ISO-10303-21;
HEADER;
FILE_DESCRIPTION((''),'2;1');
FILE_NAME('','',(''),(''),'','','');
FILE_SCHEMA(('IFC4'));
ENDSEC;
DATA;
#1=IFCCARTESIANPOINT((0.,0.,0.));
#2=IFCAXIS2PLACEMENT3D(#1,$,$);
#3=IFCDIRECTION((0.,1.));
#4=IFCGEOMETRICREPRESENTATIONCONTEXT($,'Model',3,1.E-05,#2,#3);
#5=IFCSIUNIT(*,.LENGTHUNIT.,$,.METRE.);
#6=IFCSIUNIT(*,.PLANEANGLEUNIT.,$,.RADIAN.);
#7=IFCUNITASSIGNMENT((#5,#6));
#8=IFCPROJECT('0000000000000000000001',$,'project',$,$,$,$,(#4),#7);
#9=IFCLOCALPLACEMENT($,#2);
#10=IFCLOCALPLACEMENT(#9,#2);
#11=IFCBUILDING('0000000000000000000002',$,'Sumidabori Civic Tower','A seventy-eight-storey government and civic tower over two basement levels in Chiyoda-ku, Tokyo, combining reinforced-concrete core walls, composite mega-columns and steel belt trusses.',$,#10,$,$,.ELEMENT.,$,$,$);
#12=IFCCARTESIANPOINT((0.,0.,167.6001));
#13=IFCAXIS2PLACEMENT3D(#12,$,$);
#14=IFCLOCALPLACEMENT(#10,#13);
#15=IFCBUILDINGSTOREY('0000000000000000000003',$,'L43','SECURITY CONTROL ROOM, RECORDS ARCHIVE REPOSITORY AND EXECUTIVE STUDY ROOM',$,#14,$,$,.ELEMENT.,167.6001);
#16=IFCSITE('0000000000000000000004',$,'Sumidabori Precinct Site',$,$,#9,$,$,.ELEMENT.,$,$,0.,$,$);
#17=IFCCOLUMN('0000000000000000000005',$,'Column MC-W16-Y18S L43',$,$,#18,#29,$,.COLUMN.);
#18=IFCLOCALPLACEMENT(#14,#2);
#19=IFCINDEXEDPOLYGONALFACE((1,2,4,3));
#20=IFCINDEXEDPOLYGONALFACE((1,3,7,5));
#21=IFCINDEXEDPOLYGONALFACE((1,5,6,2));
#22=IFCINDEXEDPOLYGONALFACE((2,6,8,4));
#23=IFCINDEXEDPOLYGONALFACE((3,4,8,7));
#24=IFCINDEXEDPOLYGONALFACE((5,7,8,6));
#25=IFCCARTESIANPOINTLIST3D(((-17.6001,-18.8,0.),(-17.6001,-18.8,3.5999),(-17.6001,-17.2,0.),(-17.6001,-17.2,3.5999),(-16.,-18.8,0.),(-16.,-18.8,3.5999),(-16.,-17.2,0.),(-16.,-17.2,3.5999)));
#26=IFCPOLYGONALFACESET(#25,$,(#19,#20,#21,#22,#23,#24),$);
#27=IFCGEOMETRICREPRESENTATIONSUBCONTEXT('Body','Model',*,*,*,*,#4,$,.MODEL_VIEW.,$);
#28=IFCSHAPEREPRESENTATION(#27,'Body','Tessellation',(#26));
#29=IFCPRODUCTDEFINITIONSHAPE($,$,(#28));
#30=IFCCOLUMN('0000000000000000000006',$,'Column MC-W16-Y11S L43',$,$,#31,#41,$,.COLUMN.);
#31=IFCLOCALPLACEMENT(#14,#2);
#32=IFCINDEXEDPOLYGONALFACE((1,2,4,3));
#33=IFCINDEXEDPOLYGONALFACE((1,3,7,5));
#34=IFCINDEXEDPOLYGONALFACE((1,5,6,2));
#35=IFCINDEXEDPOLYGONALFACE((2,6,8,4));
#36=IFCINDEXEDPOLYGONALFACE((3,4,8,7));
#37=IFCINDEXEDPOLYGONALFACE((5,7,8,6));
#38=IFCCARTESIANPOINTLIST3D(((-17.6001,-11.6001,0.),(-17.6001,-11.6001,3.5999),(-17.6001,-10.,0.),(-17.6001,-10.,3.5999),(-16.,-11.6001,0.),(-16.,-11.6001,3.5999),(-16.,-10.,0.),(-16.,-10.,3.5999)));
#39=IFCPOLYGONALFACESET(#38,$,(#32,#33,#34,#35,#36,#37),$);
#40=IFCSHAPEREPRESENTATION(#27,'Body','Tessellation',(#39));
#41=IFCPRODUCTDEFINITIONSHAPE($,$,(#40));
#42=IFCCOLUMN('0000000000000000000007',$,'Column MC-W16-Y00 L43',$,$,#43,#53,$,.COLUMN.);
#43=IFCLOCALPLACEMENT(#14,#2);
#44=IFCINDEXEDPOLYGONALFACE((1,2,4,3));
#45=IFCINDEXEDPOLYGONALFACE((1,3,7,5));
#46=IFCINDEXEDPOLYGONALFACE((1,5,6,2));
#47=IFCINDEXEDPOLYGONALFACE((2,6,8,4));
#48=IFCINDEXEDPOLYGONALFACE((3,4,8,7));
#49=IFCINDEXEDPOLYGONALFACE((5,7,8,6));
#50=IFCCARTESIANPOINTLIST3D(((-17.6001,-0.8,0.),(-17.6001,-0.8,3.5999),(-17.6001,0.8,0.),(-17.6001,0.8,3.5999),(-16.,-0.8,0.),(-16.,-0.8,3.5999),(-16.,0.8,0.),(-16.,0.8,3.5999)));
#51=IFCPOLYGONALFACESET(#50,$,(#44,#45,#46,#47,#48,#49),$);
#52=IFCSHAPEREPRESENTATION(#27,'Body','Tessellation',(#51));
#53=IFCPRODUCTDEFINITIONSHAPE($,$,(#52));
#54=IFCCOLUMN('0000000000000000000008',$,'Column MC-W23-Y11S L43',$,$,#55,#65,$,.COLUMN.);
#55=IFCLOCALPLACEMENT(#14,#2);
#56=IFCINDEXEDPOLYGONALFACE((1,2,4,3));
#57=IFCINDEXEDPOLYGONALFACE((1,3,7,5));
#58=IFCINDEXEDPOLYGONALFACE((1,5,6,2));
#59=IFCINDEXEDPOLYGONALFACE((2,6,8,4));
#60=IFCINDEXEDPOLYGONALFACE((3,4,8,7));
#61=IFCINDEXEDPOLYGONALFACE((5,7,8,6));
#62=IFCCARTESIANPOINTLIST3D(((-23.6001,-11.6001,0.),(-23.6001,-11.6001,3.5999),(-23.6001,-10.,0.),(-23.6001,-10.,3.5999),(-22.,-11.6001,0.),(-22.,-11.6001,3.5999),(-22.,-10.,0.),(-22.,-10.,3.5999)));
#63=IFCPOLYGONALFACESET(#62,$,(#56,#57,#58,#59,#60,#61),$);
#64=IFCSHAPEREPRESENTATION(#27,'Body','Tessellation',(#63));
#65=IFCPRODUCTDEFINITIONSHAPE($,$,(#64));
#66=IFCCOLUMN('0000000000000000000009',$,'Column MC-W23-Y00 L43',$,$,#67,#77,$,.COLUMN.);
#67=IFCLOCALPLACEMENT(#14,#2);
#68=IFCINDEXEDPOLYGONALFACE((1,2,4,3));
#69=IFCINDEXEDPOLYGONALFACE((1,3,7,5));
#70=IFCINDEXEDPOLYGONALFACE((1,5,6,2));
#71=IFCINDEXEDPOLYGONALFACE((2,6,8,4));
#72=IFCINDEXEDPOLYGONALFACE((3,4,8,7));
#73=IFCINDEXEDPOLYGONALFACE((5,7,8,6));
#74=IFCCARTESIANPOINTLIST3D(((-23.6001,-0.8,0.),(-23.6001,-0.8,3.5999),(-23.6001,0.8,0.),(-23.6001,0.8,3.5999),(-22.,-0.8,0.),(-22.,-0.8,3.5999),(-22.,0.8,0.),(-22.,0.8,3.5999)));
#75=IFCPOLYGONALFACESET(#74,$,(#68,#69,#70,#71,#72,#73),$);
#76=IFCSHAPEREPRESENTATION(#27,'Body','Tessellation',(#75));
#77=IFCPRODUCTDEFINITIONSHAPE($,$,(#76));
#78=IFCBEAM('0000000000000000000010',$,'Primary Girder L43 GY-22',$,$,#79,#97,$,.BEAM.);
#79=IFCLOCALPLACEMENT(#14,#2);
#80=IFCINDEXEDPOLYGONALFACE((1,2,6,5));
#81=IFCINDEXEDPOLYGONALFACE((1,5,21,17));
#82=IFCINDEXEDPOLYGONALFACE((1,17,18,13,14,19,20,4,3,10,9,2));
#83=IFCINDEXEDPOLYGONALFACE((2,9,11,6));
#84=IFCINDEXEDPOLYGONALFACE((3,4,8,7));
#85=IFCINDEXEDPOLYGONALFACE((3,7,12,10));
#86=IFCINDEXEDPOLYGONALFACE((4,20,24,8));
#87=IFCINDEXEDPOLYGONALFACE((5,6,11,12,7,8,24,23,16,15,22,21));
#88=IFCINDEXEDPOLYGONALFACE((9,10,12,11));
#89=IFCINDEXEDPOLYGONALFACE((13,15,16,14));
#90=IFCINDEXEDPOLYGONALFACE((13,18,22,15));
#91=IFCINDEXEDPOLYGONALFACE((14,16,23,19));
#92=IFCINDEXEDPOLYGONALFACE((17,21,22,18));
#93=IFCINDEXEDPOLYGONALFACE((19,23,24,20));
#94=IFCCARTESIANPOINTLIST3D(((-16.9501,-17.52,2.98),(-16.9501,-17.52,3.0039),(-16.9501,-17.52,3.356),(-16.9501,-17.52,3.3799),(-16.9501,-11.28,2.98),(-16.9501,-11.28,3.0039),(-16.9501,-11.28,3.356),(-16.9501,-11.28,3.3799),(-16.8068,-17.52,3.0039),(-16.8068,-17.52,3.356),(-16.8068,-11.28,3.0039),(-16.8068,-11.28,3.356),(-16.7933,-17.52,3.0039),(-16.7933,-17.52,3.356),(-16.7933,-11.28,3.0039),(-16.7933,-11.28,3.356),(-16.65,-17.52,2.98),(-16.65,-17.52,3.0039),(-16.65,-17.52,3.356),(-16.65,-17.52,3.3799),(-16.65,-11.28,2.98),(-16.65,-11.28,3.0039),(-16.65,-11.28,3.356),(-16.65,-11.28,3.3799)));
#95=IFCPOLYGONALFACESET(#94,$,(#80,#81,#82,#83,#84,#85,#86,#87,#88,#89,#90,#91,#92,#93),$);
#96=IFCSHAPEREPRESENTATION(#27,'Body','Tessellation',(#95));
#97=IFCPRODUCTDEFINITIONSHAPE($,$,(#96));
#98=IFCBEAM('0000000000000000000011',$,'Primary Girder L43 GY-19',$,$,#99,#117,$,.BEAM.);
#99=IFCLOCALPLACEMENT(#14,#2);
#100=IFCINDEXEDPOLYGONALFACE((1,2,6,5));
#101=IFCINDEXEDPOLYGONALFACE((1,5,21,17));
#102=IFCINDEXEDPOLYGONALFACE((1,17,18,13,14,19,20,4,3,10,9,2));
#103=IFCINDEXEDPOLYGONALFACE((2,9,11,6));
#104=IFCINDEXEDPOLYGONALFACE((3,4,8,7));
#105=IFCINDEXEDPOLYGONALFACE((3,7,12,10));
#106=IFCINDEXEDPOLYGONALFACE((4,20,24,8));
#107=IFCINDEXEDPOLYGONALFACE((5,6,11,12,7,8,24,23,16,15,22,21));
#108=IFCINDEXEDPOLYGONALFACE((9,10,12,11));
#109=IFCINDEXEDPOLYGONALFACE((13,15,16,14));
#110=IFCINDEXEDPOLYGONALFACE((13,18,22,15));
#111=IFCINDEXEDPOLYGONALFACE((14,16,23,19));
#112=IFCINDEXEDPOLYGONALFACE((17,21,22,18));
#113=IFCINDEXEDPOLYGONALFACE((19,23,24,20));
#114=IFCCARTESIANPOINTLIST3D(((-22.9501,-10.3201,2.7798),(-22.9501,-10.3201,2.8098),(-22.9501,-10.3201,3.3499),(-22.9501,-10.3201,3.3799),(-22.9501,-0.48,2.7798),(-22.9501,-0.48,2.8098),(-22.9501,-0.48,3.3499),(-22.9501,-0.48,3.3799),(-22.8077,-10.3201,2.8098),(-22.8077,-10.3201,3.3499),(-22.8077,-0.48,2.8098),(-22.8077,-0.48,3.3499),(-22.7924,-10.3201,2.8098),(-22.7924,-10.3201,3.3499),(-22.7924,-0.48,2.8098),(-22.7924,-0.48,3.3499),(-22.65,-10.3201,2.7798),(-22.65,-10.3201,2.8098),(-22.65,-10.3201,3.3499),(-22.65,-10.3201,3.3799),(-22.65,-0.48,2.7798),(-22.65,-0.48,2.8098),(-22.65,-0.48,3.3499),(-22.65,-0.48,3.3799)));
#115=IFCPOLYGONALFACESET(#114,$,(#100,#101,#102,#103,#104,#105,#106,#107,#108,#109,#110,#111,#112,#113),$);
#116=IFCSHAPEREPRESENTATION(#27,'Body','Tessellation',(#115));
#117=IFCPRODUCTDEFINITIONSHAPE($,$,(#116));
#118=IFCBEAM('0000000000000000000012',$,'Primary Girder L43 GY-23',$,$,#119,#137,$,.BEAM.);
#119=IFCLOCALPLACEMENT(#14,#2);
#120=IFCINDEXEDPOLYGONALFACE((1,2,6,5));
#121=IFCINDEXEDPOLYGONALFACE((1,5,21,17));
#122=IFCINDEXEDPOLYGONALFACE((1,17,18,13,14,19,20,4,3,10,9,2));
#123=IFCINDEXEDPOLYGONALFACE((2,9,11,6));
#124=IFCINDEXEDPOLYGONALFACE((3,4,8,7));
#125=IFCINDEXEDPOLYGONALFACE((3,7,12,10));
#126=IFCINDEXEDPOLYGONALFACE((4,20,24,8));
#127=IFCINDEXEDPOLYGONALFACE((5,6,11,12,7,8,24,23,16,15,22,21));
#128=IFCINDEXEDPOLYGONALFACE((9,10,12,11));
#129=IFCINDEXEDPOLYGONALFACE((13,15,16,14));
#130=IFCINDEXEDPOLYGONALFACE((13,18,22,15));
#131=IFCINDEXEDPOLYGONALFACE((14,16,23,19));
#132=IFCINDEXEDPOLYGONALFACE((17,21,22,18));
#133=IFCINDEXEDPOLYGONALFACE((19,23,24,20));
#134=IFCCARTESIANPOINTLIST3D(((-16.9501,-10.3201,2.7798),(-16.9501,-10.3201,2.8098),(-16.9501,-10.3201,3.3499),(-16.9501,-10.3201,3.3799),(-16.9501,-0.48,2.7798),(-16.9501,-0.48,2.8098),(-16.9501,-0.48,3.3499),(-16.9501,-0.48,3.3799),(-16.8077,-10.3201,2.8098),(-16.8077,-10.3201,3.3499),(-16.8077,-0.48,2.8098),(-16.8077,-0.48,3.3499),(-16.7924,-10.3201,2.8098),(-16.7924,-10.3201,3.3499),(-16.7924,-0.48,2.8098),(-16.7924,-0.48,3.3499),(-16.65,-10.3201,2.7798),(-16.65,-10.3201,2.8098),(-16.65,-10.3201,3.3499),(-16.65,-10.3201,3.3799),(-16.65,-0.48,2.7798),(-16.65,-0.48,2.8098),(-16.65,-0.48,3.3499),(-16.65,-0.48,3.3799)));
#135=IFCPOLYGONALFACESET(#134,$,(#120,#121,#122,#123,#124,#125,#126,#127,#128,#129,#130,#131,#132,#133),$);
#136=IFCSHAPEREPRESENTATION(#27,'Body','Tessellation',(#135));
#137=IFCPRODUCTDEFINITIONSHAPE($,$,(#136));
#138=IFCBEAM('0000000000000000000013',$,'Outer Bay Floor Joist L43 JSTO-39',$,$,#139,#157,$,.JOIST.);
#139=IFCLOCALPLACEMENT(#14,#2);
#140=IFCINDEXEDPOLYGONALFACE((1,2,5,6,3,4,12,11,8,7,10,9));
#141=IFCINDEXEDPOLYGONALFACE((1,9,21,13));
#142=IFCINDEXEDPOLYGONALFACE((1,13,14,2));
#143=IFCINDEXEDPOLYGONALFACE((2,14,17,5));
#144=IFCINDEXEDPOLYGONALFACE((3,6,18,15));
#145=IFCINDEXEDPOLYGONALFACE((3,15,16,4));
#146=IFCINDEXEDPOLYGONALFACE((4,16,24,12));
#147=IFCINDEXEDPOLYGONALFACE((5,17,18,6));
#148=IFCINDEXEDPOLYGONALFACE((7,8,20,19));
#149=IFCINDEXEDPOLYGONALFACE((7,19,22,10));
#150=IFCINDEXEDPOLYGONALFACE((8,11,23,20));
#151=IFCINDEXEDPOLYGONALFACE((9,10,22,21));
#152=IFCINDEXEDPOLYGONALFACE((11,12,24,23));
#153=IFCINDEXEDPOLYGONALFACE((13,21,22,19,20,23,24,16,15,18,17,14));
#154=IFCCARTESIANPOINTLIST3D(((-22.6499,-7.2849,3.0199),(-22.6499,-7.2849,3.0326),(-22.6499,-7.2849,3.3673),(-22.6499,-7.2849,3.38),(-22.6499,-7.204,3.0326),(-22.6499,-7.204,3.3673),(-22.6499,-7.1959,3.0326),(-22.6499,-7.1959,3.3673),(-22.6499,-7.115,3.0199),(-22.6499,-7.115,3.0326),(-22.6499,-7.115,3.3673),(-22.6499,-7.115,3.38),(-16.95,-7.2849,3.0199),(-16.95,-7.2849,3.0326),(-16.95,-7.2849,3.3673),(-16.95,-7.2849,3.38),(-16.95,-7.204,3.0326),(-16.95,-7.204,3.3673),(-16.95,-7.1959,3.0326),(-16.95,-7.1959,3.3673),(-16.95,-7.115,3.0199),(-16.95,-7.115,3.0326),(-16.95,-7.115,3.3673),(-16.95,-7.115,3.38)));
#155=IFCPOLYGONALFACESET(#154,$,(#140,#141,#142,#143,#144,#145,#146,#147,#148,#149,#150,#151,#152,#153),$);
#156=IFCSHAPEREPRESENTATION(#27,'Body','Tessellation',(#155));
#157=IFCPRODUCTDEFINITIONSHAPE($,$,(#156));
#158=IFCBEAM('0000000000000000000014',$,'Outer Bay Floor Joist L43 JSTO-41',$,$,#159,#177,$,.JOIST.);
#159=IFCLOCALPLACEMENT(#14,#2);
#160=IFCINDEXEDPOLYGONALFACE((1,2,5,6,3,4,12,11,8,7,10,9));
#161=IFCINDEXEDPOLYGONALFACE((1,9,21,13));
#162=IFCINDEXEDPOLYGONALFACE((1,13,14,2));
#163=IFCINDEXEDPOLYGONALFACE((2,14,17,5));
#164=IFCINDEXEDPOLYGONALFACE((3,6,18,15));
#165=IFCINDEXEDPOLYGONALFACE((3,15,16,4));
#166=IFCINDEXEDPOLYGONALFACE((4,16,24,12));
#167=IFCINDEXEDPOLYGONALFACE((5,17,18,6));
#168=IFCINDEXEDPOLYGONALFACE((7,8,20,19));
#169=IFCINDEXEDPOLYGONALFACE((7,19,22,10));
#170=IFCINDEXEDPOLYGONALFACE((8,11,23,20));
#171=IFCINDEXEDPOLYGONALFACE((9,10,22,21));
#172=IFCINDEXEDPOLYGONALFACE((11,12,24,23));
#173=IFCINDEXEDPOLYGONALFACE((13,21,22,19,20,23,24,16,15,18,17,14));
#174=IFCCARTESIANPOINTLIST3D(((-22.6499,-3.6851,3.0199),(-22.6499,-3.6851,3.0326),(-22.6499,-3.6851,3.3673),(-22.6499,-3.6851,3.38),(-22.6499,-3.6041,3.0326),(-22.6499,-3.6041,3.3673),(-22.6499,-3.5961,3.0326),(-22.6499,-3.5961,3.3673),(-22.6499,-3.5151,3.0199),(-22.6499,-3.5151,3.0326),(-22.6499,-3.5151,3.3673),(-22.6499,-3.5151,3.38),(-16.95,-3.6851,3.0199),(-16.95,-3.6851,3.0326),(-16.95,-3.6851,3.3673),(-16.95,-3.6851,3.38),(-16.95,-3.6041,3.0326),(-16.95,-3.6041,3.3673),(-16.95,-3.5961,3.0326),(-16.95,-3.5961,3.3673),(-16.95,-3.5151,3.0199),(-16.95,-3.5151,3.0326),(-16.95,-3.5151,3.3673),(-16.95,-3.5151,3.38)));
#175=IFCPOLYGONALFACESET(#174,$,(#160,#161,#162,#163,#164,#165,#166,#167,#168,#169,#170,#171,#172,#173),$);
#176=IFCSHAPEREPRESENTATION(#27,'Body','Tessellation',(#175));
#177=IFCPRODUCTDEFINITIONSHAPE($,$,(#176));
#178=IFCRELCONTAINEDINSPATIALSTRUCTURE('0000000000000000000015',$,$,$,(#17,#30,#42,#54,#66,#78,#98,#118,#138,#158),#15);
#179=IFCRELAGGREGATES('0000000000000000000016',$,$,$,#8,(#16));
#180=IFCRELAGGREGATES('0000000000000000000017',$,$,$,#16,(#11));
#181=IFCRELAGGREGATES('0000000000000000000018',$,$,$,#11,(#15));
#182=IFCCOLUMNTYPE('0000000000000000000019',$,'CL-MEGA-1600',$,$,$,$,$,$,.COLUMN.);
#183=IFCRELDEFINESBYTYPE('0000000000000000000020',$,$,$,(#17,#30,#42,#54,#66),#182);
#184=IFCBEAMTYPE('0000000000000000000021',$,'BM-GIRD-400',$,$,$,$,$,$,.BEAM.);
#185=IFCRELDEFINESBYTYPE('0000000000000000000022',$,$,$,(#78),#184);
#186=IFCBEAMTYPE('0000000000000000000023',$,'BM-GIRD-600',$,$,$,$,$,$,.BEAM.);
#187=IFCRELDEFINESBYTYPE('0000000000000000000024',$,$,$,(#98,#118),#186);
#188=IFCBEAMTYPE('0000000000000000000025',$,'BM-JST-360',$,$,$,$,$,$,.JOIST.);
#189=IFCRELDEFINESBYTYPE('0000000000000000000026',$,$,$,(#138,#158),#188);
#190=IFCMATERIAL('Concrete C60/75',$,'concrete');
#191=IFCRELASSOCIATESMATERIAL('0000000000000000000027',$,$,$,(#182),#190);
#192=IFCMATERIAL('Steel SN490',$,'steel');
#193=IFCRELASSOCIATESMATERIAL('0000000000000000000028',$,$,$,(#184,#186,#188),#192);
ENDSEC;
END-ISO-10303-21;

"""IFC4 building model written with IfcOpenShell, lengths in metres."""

from ifc_helpers import new_model, si_unit, direction, frame, origin, origin_2d, place, context, subcontext, project, spatial, rectangle, i_section, extrude, source, transform, mapped, material, material_profile, profile_set, type_object, element, save


model = new_model("IFC4")

# Units and contexts
model_context = context("Model", 3, precision=1e-05, world=origin(), true_north=direction((0.0, 1.0)))
body_context = subcontext(model_context, "Body", "Model", "MODEL_VIEW")
ifc_project = project(units=[si_unit("LENGTHUNIT", "METRE"), si_unit("PLANEANGLEUNIT", "RADIAN")], contexts=[model_context])

# Site, building, storey
site_placement = place(None, origin())
site = spatial("IfcSite", under=ifc_project, at=site_placement, Name="Sumidabori Precinct Site", CompositionType="ELEMENT", RefElevation=0.0)
building_placement = place(site_placement, origin())
building = spatial("IfcBuilding", under=site, at=building_placement, Name="Sumidabori Civic Tower", Description="A seventy-eight-storey government and civic tower over two basement levels in Chiyoda-ku, Tokyo, combining reinforced-concrete core walls, composite mega-columns and steel belt trusses.", CompositionType="ELEMENT")
storey_placement = place(building_placement, frame((0.0, 0.0, 167.6001)))
storey = spatial("IfcBuildingStorey", under=building, at=storey_placement, Name="L43", Description="SECURITY CONTROL ROOM, RECORDS ARCHIVE REPOSITORY AND EXECUTIVE STUDY ROOM", CompositionType="ELEMENT", Elevation=167.6001)

# Columns
ifc_material_1 = material(Name="Concrete C60/75", Category="concrete")
ifc_material_profile_1 = material_profile(ifc_material_1, rectangle(XDim=1.6001, YDim=1.6001, at=origin_2d()), Name="RC 1600x1600")
ifc_profile_set_1 = profile_set([ifc_material_profile_1], Name="Concrete C60/75")
column_type = type_object("IfcColumnType", Name="CL-MEGA-1600", PredefinedType="COLUMN", material=ifc_profile_set_1)
shared_shape_1 = source(origin(), body_context, "Body", "SweptSolid", [
    extrude(rectangle(XDim=1.6001, YDim=1.6001, at=origin_2d()), origin(), (0.0, 0.0, 1.0), 3.5999),
])
for number, where, z_axis, x_axis, name in (
    (1, (-16.8, -18.0, 0.0), (0.0, 0.0, 1.0), (1.0, 0.0, 0.0), "Column MC-W16-Y18S L43"),
    (2, (-16.8, -10.8, 0.0), (0.0, 0.0, 1.0), (1.0, 0.0, 0.0), "Column MC-W16-Y11S L43"),
    (3, (-16.8, 0.0, 0.0), (0.0, 0.0, 1.0), (1.0, 0.0, 0.0), "Column MC-W16-Y00 L43"),
    (4, (-22.8, -10.8, 0.0), (0.0, 0.0, 1.0), (1.0, 0.0, 0.0), "Column MC-W23-Y11S L43"),
    (5, (-22.8, 0.0, 0.0), (0.0, 0.0, 1.0), (1.0, 0.0, 0.0), "Column MC-W23-Y00 L43"),
):
    element("IfcColumn", number, at=place(storey_placement, frame(where, z_axis=z_axis, x_axis=x_axis)), inside=storey, type_object=column_type, Name=name, PredefinedType="COLUMN", context=body_context, shape_type="MappedRepresentation", body=[
        mapped(shared_shape_1, transform((0.0, 0.0, 0.0), x_axis=(1.0, 0.0, 0.0), y_axis=(0.0, 1.0, 0.0), z_axis=(0.0, 0.0, 1.0), scale=1.0)),
    ])

# Beams
ifc_material_2 = material(Name="Steel SN490", Category="steel")
ifc_material_profile_2 = material_profile(ifc_material_2, i_section(OverallWidth=0.3, OverallDepth=0.3999, WebThickness=0.0134, FlangeThickness=0.0239, at=origin_2d()), Name="HE 400 B")
ifc_profile_set_2 = profile_set([ifc_material_profile_2], Name="Steel SN490")
beam_type_1 = type_object("IfcBeamType", Name="BM-GIRD-400", PredefinedType="BEAM", material=ifc_profile_set_2)
shared_shape_2 = source(origin(), body_context, "Body", "SweptSolid", [
    extrude(i_section(OverallWidth=0.3, OverallDepth=0.3999, WebThickness=0.0134, FlangeThickness=0.0239, at=origin_2d()), origin(), (0.0, 0.0, 1.0), 6.24),
])
beam_1_placement = place(storey_placement, frame((-16.8, -17.52, 3.1799), z_axis=(0.0, 1.0, 0.0), x_axis=(-1.0, 0.0, 0.0)))
element("IfcBeam", 6, at=beam_1_placement, inside=storey, type_object=beam_type_1, Name="Primary Girder L43 GY-22", PredefinedType="BEAM", context=body_context, shape_type="MappedRepresentation", body=[
    mapped(shared_shape_2, transform((0.0, 0.0, 0.0), x_axis=(1.0, 0.0, 0.0), y_axis=(0.0, 1.0, 0.0), z_axis=(0.0, 0.0, 1.0), scale=1.0)),
])
ifc_material_profile_3 = material_profile(ifc_material_2, i_section(OverallWidth=0.3, OverallDepth=0.6001, WebThickness=0.0154, FlangeThickness=0.03, at=origin_2d()), Name="HE 600 B")
ifc_profile_set_3 = profile_set([ifc_material_profile_3], Name="Steel SN490")
beam_type_2 = type_object("IfcBeamType", Name="BM-GIRD-600", PredefinedType="BEAM", material=ifc_profile_set_3)
shared_shape_3 = source(origin(), body_context, "Body", "SweptSolid", [
    extrude(i_section(OverallWidth=0.3, OverallDepth=0.6001, WebThickness=0.0154, FlangeThickness=0.03, at=origin_2d()), origin(), (0.0, 0.0, 1.0), 9.8401),
])
for number, where, z_axis, x_axis, name in (
    (7, (-22.8, -10.3201, 3.0798), (0.0, 1.0, 0.0), (-1.0, 0.0, 0.0), "Primary Girder L43 GY-19"),
    (8, (-16.8, -10.3201, 3.0798), (0.0, 1.0, 0.0), (-1.0, 0.0, 0.0), "Primary Girder L43 GY-23"),
):
    element("IfcBeam", number, at=place(storey_placement, frame(where, z_axis=z_axis, x_axis=x_axis)), inside=storey, type_object=beam_type_2, Name=name, PredefinedType="BEAM", context=body_context, shape_type="MappedRepresentation", body=[
        mapped(shared_shape_3, transform((0.0, 0.0, 0.0), x_axis=(1.0, 0.0, 0.0), y_axis=(0.0, 1.0, 0.0), z_axis=(0.0, 0.0, 1.0), scale=1.0)),
    ])
ifc_material_profile_4 = material_profile(ifc_material_2, i_section(OverallWidth=0.1699, OverallDepth=0.3601, WebThickness=0.0081, FlangeThickness=0.0127, at=origin_2d()), Name="IPE 360")
ifc_profile_set_4 = profile_set([ifc_material_profile_4], Name="Steel SN490")
beam_type_3 = type_object("IfcBeamType", Name="BM-JST-360", PredefinedType="JOIST", material=ifc_profile_set_4)
shared_shape_4 = source(origin(), body_context, "Body", "SweptSolid", [
    extrude(i_section(OverallWidth=0.1699, OverallDepth=0.3601, WebThickness=0.0081, FlangeThickness=0.0127, at=origin_2d()), origin(), (0.0, 0.0, 1.0), 5.7),
])
for number, where, z_axis, x_axis, name in (
    (9, (-22.6499, -7.2, 3.2), (1.0, 0.0, 0.0), (0.0, 1.0, 0.0), "Outer Bay Floor Joist L43 JSTO-39"),
    (10, (-22.6499, -3.6001, 3.2), (1.0, 0.0, 0.0), (0.0, 1.0, 0.0), "Outer Bay Floor Joist L43 JSTO-41"),
):
    element("IfcBeam", number, at=place(storey_placement, frame(where, z_axis=z_axis, x_axis=x_axis)), inside=storey, type_object=beam_type_3, Name=name, PredefinedType="JOIST", context=body_context, shape_type="MappedRepresentation", body=[
        mapped(shared_shape_4, transform((0.0, 0.0, 0.0), x_axis=(1.0, 0.0, 0.0), y_axis=(0.0, 1.0, 0.0), z_axis=(0.0, 0.0, 1.0), scale=1.0)),
    ])

save(model, "model.ifc")
